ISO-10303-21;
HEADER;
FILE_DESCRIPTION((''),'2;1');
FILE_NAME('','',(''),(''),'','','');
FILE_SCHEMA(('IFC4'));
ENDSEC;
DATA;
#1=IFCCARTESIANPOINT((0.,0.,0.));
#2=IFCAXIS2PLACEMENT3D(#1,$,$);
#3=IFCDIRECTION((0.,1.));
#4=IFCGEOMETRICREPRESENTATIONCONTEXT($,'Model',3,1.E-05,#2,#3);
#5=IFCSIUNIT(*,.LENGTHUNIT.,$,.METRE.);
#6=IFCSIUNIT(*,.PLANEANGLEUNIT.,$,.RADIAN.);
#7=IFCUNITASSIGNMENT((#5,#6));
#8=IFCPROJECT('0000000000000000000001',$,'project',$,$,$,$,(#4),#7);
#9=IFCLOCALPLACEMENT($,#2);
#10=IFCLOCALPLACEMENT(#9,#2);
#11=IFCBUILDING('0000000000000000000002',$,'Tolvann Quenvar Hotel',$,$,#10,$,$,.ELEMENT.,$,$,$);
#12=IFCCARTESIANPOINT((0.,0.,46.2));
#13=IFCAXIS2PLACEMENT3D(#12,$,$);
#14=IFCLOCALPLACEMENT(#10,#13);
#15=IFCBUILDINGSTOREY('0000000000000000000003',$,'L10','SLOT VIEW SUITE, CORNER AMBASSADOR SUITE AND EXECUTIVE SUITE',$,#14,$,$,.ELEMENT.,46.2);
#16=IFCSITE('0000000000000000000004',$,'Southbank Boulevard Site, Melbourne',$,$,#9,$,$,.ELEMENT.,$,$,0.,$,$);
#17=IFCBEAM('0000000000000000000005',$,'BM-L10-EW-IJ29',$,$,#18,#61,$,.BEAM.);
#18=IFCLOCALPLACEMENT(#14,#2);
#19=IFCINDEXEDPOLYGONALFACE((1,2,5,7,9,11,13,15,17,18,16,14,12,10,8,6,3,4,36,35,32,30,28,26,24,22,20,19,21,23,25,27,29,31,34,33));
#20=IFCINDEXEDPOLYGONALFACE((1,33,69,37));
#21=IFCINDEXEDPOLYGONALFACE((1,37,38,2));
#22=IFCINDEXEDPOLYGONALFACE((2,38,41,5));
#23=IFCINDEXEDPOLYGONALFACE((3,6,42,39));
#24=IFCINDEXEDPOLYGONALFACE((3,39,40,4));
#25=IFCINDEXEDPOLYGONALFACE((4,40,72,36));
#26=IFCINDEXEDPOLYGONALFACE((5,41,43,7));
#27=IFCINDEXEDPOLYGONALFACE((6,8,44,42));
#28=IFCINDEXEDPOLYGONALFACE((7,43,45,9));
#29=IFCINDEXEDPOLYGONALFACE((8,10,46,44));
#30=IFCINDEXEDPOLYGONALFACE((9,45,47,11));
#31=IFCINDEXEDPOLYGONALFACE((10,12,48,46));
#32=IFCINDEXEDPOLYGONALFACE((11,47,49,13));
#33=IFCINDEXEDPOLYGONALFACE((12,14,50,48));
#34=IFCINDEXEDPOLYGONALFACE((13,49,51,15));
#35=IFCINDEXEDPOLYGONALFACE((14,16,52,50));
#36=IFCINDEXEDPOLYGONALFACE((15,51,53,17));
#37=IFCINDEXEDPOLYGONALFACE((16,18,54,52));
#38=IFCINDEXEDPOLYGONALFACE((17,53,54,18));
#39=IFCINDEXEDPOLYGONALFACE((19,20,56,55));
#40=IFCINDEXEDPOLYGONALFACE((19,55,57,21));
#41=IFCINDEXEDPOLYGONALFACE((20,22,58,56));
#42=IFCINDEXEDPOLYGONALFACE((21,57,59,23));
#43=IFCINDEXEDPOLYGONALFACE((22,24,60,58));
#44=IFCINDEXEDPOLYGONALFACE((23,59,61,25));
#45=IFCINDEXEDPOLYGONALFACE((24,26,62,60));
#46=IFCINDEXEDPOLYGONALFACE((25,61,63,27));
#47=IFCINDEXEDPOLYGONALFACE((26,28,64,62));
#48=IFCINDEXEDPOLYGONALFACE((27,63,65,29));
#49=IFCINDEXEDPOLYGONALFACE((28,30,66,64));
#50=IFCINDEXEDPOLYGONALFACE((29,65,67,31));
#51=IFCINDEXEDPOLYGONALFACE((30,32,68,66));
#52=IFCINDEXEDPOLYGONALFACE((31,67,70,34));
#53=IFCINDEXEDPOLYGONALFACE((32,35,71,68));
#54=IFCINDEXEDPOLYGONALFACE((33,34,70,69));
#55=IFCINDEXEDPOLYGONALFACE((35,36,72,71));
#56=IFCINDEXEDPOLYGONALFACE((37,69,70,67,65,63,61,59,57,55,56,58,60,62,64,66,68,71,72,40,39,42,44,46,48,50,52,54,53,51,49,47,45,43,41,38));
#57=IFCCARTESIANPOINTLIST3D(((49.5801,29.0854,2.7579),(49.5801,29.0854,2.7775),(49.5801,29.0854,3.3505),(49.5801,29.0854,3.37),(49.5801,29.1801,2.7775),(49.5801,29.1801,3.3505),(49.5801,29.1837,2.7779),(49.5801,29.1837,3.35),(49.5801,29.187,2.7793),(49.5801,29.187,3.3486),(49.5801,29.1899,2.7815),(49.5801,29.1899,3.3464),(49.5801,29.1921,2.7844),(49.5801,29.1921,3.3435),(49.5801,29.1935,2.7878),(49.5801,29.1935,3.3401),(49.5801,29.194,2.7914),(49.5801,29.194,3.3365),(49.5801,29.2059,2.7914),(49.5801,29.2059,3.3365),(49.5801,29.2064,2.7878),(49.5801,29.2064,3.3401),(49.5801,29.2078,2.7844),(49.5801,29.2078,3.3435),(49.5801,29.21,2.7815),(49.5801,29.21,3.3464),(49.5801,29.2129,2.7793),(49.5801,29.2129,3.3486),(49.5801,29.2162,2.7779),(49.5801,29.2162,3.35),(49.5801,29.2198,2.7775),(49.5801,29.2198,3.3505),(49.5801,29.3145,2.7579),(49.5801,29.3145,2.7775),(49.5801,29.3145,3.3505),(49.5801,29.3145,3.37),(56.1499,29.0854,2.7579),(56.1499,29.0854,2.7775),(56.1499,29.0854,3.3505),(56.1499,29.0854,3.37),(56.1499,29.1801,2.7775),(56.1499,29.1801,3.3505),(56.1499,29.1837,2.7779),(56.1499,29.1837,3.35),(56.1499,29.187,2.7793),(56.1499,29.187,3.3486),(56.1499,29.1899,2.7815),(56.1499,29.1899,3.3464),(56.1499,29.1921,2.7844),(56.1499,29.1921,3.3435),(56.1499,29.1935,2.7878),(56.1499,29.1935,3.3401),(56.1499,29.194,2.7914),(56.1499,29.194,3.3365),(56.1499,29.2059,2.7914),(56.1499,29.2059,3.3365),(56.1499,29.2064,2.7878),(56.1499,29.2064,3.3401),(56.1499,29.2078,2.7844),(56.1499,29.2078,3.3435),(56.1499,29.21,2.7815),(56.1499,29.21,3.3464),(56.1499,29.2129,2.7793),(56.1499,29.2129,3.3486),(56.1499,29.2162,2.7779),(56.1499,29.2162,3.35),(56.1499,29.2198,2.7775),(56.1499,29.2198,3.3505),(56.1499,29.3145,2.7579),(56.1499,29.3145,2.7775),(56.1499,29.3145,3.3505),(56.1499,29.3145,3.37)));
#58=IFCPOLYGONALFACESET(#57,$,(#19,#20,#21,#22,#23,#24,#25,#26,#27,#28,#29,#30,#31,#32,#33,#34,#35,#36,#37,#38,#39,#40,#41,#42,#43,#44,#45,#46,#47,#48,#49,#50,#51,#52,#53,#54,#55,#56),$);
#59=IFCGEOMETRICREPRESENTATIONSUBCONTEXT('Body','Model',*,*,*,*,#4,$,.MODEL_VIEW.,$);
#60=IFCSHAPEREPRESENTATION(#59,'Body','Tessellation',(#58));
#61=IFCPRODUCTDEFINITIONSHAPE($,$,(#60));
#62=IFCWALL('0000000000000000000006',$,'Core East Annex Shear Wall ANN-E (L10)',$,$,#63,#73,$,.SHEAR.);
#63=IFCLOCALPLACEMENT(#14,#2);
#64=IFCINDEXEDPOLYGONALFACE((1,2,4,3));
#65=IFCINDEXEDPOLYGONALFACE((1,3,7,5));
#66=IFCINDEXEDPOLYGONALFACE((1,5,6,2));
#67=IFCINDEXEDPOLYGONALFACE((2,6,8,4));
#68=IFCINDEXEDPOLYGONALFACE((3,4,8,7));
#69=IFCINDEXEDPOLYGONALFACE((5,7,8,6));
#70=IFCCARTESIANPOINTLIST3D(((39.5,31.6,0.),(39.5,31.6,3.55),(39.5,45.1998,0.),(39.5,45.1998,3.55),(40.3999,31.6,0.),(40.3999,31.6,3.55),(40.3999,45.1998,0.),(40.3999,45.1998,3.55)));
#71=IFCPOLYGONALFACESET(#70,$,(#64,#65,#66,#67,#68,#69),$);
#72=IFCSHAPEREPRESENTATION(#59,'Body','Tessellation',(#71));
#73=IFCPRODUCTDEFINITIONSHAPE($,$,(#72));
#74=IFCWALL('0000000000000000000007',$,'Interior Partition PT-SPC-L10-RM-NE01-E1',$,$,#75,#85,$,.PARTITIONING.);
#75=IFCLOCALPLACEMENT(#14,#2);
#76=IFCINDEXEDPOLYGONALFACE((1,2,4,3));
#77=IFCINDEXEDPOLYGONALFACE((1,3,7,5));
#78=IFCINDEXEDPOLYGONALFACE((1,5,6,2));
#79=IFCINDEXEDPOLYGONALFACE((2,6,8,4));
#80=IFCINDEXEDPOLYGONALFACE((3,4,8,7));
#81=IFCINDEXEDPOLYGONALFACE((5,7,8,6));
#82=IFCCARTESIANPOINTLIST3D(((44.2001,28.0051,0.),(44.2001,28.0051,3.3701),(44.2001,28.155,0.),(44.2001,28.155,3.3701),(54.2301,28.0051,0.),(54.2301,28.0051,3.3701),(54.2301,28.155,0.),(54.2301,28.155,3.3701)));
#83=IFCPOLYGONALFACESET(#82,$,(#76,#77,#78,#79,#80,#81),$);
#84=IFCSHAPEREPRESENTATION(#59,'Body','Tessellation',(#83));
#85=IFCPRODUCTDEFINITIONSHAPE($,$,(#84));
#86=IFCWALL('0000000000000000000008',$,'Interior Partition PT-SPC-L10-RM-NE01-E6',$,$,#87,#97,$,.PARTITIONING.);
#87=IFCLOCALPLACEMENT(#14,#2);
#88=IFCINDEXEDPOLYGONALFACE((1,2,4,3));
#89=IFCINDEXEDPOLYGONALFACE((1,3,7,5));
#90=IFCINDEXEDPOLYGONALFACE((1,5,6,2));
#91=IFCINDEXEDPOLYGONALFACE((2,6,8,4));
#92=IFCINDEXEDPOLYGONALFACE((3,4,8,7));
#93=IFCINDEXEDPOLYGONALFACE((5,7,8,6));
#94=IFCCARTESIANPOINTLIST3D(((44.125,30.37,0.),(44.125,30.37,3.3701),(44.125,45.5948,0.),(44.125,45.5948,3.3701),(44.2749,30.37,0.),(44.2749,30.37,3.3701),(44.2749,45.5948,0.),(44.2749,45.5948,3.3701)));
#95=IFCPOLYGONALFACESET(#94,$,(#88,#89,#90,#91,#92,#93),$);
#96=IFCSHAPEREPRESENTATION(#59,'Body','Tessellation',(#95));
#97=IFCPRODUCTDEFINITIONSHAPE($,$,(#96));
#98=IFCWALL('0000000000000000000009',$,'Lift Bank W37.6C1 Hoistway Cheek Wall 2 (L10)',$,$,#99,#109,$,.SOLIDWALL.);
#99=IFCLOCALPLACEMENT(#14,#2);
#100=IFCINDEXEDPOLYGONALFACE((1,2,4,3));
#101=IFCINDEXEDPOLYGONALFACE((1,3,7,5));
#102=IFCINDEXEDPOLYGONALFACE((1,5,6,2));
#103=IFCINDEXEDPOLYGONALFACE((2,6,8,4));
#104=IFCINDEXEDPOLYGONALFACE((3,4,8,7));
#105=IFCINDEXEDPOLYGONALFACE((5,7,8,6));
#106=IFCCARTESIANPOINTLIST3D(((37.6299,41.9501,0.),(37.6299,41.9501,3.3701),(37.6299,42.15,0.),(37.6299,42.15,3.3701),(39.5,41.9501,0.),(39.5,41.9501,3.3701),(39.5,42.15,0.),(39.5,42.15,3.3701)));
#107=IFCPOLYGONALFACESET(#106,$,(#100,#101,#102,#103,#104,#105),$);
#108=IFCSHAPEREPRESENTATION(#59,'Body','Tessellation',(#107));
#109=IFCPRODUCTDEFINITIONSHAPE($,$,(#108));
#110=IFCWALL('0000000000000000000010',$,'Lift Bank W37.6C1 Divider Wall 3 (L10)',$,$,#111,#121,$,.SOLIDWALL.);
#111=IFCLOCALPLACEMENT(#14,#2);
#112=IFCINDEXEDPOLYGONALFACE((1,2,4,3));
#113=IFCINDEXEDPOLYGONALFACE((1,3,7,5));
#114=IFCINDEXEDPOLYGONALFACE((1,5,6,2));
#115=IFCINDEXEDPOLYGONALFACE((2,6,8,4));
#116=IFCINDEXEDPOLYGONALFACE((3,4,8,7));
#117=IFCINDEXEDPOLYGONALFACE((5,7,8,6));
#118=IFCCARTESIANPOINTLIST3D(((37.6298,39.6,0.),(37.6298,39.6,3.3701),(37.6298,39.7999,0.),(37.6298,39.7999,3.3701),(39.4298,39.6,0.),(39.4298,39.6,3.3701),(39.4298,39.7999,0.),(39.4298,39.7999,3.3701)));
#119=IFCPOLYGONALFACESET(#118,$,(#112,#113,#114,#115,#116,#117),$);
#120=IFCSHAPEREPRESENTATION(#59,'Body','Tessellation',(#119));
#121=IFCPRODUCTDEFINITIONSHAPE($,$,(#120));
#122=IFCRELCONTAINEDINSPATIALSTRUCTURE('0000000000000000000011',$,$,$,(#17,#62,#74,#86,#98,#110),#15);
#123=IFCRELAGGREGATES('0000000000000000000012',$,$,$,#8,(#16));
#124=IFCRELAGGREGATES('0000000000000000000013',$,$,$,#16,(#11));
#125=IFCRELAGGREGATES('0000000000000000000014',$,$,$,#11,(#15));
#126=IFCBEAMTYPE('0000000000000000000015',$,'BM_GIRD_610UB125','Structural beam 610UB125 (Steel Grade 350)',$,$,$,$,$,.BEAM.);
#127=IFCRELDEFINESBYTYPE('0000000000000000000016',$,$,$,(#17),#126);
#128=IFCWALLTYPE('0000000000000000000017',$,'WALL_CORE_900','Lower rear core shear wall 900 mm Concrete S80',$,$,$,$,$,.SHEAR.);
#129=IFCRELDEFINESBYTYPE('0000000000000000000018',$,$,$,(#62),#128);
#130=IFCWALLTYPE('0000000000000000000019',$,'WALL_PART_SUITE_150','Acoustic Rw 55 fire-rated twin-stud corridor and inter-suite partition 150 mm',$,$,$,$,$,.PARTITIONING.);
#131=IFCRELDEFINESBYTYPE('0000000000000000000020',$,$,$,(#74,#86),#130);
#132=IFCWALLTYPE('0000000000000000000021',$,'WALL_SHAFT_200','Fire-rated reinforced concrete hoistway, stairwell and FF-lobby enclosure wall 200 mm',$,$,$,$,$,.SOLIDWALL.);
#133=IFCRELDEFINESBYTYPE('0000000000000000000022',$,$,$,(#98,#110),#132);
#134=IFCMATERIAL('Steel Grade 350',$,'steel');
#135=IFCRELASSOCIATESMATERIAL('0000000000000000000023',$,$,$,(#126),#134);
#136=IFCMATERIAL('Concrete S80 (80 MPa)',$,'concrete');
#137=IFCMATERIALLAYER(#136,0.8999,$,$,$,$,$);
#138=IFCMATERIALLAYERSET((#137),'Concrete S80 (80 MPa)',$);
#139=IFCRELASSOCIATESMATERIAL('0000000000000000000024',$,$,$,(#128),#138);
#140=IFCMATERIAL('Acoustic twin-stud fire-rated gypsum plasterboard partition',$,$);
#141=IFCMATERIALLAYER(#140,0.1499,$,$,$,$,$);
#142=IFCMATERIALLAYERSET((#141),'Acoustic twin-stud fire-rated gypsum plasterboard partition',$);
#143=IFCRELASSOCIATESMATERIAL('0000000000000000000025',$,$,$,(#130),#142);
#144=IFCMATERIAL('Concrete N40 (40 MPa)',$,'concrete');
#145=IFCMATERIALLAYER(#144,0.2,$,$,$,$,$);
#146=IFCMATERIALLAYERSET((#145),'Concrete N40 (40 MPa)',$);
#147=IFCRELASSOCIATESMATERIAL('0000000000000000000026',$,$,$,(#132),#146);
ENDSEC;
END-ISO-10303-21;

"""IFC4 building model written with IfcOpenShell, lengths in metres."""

from ifc_helpers import new_model, si_unit, direction, frame, frame_2d, origin, origin_2d, place, context, subcontext, project, spatial, rectangle, i_section, extrude, source, transform, mapped, material, layer, layer_set, material_profile, profile_set, type_object, element, save


model = new_model("IFC4")

# Units and contexts
model_context = context("Model", 3, precision=1e-05, world=origin(), true_north=direction((0.0, 1.0)))
body_context = subcontext(model_context, "Body", "Model", "MODEL_VIEW")
ifc_project = project(units=[si_unit("LENGTHUNIT", "METRE"), si_unit("PLANEANGLEUNIT", "RADIAN")], contexts=[model_context])

# Site, building, storey
site_placement = place(None, origin())
site = spatial("IfcSite", under=ifc_project, at=site_placement, Name="Southbank Boulevard Site, Melbourne", CompositionType="ELEMENT", RefElevation=0.0)
building_placement = place(site_placement, origin())
building = spatial("IfcBuilding", under=site, at=building_placement, Name="Tolvann Quenvar Hotel", CompositionType="ELEMENT")
storey_placement = place(building_placement, frame((0.0, 0.0, 46.2)))
storey = spatial("IfcBuildingStorey", under=building, at=storey_placement, Name="L10", Description="SLOT VIEW SUITE, CORNER AMBASSADOR SUITE AND EXECUTIVE SUITE", CompositionType="ELEMENT", Elevation=46.2)

# Beam
ifc_material_1 = material(Name="Steel Grade 350", Category="steel")
ifc_material_profile_1 = material_profile(ifc_material_1, i_section(OverallWidth=0.229, OverallDepth=0.6121, WebThickness=0.012, FlangeThickness=0.0195, FilletRadius=0.0139, at=origin_2d()), Name="610UB125")
ifc_profile_set_1 = profile_set([ifc_material_profile_1], Name="Steel Grade 350")
beam_type_1 = type_object("IfcBeamType", Name="BM_GIRD_610UB125", Description="Structural beam 610UB125 (Steel Grade 350)", PredefinedType="BEAM", material=ifc_profile_set_1)
shared_shape_1 = source(origin(), body_context, "Body", "SweptSolid", [
    extrude(i_section(OverallWidth=0.229, OverallDepth=0.6121, WebThickness=0.012, FlangeThickness=0.0195, FilletRadius=0.0139, at=origin_2d()), origin(), (0.0, 0.0, 1.0), 6.5698),
])
beam_1_placement = place(storey_placement, frame((49.5801, 29.2, 3.064), z_axis=(1.0, 0.0, 0.0), x_axis=(0.0, 1.0, 0.0)))
element("IfcBeam", 1, at=beam_1_placement, inside=storey, type_object=beam_type_1, Name="BM-L10-EW-IJ29", PredefinedType="BEAM", context=body_context, shape_type="MappedRepresentation", body=[
    mapped(shared_shape_1, transform((0.0, 0.0, 0.0), x_axis=(1.0, 0.0, 0.0), y_axis=(0.0, 1.0, 0.0), z_axis=(0.0, 0.0, 1.0), scale=1.0)),
])

# Wall
ifc_material_2 = material(Name="Concrete S80 (80 MPa)", Category="concrete")
ifc_layer_1 = layer(ifc_material_2, 0.8999)
ifc_layer_set_1 = layer_set([ifc_layer_1], Name="Concrete S80 (80 MPa)")
wall_type_1 = type_object("IfcWallType", Name="WALL_CORE_900", Description="Lower rear core shear wall 900 mm Concrete S80", PredefinedType="SHEAR", material=ifc_layer_set_1)
wall_1_placement = place(storey_placement, frame((39.95, 31.6001, 0.0), z_axis=(0.0, 0.0, 1.0), x_axis=(0.0, 1.0, 0.0)))
element("IfcWall", 2, at=wall_1_placement, inside=storey, type_object=wall_type_1, Name="Core East Annex Shear Wall ANN-E (L10)", PredefinedType="SHEAR", context=body_context, shape_type="SweptSolid", body=[
    extrude(rectangle(XDim=13.5999, YDim=0.8999, at=frame_2d((6.7998, 0.0))), origin(), (0.0, 0.0, 1.0), 3.55),
])

# Shared definitions
ifc_material_3 = material(Name="Acoustic twin-stud fire-rated gypsum plasterboard partition")
ifc_layer_2 = layer(ifc_material_3, 0.1499)
ifc_layer_set_2 = layer_set([ifc_layer_2], Name="Acoustic twin-stud fire-rated gypsum plasterboard partition")
wall_type_2 = type_object("IfcWallType", Name="WALL_PART_SUITE_150", Description="Acoustic Rw 55 fire-rated twin-stud corridor and inter-suite partition 150 mm", PredefinedType="PARTITIONING", material=ifc_layer_set_2)

# Walls
wall_2_placement = place(storey_placement, frame((44.2, 28.0801, 0.0), z_axis=(0.0, 0.0, 1.0), x_axis=(1.0, 0.0, 0.0)))
element("IfcWall", 3, at=wall_2_placement, inside=storey, type_object=wall_type_2, Name="Interior Partition PT-SPC-L10-RM-NE01-E1", PredefinedType="PARTITIONING", context=body_context, shape_type="SweptSolid", body=[
    extrude(rectangle(XDim=10.03, YDim=0.1499, at=frame_2d((5.0151, 0.0))), origin(), (0.0, 0.0, 1.0), 3.3701),
])
wall_3_placement = place(storey_placement, frame((44.2, 30.3701, 0.0), z_axis=(0.0, 0.0, 1.0), x_axis=(0.0, 1.0, 0.0)))
element("IfcWall", 4, at=wall_3_placement, inside=storey, type_object=wall_type_2, Name="Interior Partition PT-SPC-L10-RM-NE01-E6", PredefinedType="PARTITIONING", context=body_context, shape_type="SweptSolid", body=[
    extrude(rectangle(XDim=15.2249, YDim=0.1499, at=frame_2d((7.6123, 0.0))), origin(), (0.0, 0.0, 1.0), 3.3701),
])
ifc_material_4 = material(Name="Concrete N40 (40 MPa)", Category="concrete")
ifc_layer_3 = layer(ifc_material_4, 0.2)
ifc_layer_set_3 = layer_set([ifc_layer_3], Name="Concrete N40 (40 MPa)")
wall_type_3 = type_object("IfcWallType", Name="WALL_SHAFT_200", Description="Fire-rated reinforced concrete hoistway, stairwell and FF-lobby enclosure wall 200 mm", PredefinedType="SOLIDWALL", material=ifc_layer_set_3)
wall_4_placement = place(storey_placement, frame((37.6299, 42.05, 0.0), z_axis=(0.0, 0.0, 1.0), x_axis=(1.0, 0.0, 0.0)))
element("IfcWall", 5, at=wall_4_placement, inside=storey, type_object=wall_type_3, Name="Lift Bank W37.6C1 Hoistway Cheek Wall 2 (L10)", PredefinedType="SOLIDWALL", context=body_context, shape_type="SweptSolid", body=[
    extrude(rectangle(XDim=1.8701, YDim=0.2, at=frame_2d((0.9351, 0.0))), origin(), (0.0, 0.0, 1.0), 3.3701),
])
wall_5_placement = place(storey_placement, frame((37.6299, 39.7, 0.0), z_axis=(0.0, 0.0, 1.0), x_axis=(1.0, 0.0, 0.0)))
element("IfcWall", 6, at=wall_5_placement, inside=storey, type_object=wall_type_3, Name="Lift Bank W37.6C1 Divider Wall 3 (L10)", PredefinedType="SOLIDWALL", context=body_context, shape_type="SweptSolid", body=[
    extrude(rectangle(XDim=1.8, YDim=0.2, at=frame_2d((0.8999, 0.0))), origin(), (0.0, 0.0, 1.0), 3.3701),
])

save(model, "model.ifc")
